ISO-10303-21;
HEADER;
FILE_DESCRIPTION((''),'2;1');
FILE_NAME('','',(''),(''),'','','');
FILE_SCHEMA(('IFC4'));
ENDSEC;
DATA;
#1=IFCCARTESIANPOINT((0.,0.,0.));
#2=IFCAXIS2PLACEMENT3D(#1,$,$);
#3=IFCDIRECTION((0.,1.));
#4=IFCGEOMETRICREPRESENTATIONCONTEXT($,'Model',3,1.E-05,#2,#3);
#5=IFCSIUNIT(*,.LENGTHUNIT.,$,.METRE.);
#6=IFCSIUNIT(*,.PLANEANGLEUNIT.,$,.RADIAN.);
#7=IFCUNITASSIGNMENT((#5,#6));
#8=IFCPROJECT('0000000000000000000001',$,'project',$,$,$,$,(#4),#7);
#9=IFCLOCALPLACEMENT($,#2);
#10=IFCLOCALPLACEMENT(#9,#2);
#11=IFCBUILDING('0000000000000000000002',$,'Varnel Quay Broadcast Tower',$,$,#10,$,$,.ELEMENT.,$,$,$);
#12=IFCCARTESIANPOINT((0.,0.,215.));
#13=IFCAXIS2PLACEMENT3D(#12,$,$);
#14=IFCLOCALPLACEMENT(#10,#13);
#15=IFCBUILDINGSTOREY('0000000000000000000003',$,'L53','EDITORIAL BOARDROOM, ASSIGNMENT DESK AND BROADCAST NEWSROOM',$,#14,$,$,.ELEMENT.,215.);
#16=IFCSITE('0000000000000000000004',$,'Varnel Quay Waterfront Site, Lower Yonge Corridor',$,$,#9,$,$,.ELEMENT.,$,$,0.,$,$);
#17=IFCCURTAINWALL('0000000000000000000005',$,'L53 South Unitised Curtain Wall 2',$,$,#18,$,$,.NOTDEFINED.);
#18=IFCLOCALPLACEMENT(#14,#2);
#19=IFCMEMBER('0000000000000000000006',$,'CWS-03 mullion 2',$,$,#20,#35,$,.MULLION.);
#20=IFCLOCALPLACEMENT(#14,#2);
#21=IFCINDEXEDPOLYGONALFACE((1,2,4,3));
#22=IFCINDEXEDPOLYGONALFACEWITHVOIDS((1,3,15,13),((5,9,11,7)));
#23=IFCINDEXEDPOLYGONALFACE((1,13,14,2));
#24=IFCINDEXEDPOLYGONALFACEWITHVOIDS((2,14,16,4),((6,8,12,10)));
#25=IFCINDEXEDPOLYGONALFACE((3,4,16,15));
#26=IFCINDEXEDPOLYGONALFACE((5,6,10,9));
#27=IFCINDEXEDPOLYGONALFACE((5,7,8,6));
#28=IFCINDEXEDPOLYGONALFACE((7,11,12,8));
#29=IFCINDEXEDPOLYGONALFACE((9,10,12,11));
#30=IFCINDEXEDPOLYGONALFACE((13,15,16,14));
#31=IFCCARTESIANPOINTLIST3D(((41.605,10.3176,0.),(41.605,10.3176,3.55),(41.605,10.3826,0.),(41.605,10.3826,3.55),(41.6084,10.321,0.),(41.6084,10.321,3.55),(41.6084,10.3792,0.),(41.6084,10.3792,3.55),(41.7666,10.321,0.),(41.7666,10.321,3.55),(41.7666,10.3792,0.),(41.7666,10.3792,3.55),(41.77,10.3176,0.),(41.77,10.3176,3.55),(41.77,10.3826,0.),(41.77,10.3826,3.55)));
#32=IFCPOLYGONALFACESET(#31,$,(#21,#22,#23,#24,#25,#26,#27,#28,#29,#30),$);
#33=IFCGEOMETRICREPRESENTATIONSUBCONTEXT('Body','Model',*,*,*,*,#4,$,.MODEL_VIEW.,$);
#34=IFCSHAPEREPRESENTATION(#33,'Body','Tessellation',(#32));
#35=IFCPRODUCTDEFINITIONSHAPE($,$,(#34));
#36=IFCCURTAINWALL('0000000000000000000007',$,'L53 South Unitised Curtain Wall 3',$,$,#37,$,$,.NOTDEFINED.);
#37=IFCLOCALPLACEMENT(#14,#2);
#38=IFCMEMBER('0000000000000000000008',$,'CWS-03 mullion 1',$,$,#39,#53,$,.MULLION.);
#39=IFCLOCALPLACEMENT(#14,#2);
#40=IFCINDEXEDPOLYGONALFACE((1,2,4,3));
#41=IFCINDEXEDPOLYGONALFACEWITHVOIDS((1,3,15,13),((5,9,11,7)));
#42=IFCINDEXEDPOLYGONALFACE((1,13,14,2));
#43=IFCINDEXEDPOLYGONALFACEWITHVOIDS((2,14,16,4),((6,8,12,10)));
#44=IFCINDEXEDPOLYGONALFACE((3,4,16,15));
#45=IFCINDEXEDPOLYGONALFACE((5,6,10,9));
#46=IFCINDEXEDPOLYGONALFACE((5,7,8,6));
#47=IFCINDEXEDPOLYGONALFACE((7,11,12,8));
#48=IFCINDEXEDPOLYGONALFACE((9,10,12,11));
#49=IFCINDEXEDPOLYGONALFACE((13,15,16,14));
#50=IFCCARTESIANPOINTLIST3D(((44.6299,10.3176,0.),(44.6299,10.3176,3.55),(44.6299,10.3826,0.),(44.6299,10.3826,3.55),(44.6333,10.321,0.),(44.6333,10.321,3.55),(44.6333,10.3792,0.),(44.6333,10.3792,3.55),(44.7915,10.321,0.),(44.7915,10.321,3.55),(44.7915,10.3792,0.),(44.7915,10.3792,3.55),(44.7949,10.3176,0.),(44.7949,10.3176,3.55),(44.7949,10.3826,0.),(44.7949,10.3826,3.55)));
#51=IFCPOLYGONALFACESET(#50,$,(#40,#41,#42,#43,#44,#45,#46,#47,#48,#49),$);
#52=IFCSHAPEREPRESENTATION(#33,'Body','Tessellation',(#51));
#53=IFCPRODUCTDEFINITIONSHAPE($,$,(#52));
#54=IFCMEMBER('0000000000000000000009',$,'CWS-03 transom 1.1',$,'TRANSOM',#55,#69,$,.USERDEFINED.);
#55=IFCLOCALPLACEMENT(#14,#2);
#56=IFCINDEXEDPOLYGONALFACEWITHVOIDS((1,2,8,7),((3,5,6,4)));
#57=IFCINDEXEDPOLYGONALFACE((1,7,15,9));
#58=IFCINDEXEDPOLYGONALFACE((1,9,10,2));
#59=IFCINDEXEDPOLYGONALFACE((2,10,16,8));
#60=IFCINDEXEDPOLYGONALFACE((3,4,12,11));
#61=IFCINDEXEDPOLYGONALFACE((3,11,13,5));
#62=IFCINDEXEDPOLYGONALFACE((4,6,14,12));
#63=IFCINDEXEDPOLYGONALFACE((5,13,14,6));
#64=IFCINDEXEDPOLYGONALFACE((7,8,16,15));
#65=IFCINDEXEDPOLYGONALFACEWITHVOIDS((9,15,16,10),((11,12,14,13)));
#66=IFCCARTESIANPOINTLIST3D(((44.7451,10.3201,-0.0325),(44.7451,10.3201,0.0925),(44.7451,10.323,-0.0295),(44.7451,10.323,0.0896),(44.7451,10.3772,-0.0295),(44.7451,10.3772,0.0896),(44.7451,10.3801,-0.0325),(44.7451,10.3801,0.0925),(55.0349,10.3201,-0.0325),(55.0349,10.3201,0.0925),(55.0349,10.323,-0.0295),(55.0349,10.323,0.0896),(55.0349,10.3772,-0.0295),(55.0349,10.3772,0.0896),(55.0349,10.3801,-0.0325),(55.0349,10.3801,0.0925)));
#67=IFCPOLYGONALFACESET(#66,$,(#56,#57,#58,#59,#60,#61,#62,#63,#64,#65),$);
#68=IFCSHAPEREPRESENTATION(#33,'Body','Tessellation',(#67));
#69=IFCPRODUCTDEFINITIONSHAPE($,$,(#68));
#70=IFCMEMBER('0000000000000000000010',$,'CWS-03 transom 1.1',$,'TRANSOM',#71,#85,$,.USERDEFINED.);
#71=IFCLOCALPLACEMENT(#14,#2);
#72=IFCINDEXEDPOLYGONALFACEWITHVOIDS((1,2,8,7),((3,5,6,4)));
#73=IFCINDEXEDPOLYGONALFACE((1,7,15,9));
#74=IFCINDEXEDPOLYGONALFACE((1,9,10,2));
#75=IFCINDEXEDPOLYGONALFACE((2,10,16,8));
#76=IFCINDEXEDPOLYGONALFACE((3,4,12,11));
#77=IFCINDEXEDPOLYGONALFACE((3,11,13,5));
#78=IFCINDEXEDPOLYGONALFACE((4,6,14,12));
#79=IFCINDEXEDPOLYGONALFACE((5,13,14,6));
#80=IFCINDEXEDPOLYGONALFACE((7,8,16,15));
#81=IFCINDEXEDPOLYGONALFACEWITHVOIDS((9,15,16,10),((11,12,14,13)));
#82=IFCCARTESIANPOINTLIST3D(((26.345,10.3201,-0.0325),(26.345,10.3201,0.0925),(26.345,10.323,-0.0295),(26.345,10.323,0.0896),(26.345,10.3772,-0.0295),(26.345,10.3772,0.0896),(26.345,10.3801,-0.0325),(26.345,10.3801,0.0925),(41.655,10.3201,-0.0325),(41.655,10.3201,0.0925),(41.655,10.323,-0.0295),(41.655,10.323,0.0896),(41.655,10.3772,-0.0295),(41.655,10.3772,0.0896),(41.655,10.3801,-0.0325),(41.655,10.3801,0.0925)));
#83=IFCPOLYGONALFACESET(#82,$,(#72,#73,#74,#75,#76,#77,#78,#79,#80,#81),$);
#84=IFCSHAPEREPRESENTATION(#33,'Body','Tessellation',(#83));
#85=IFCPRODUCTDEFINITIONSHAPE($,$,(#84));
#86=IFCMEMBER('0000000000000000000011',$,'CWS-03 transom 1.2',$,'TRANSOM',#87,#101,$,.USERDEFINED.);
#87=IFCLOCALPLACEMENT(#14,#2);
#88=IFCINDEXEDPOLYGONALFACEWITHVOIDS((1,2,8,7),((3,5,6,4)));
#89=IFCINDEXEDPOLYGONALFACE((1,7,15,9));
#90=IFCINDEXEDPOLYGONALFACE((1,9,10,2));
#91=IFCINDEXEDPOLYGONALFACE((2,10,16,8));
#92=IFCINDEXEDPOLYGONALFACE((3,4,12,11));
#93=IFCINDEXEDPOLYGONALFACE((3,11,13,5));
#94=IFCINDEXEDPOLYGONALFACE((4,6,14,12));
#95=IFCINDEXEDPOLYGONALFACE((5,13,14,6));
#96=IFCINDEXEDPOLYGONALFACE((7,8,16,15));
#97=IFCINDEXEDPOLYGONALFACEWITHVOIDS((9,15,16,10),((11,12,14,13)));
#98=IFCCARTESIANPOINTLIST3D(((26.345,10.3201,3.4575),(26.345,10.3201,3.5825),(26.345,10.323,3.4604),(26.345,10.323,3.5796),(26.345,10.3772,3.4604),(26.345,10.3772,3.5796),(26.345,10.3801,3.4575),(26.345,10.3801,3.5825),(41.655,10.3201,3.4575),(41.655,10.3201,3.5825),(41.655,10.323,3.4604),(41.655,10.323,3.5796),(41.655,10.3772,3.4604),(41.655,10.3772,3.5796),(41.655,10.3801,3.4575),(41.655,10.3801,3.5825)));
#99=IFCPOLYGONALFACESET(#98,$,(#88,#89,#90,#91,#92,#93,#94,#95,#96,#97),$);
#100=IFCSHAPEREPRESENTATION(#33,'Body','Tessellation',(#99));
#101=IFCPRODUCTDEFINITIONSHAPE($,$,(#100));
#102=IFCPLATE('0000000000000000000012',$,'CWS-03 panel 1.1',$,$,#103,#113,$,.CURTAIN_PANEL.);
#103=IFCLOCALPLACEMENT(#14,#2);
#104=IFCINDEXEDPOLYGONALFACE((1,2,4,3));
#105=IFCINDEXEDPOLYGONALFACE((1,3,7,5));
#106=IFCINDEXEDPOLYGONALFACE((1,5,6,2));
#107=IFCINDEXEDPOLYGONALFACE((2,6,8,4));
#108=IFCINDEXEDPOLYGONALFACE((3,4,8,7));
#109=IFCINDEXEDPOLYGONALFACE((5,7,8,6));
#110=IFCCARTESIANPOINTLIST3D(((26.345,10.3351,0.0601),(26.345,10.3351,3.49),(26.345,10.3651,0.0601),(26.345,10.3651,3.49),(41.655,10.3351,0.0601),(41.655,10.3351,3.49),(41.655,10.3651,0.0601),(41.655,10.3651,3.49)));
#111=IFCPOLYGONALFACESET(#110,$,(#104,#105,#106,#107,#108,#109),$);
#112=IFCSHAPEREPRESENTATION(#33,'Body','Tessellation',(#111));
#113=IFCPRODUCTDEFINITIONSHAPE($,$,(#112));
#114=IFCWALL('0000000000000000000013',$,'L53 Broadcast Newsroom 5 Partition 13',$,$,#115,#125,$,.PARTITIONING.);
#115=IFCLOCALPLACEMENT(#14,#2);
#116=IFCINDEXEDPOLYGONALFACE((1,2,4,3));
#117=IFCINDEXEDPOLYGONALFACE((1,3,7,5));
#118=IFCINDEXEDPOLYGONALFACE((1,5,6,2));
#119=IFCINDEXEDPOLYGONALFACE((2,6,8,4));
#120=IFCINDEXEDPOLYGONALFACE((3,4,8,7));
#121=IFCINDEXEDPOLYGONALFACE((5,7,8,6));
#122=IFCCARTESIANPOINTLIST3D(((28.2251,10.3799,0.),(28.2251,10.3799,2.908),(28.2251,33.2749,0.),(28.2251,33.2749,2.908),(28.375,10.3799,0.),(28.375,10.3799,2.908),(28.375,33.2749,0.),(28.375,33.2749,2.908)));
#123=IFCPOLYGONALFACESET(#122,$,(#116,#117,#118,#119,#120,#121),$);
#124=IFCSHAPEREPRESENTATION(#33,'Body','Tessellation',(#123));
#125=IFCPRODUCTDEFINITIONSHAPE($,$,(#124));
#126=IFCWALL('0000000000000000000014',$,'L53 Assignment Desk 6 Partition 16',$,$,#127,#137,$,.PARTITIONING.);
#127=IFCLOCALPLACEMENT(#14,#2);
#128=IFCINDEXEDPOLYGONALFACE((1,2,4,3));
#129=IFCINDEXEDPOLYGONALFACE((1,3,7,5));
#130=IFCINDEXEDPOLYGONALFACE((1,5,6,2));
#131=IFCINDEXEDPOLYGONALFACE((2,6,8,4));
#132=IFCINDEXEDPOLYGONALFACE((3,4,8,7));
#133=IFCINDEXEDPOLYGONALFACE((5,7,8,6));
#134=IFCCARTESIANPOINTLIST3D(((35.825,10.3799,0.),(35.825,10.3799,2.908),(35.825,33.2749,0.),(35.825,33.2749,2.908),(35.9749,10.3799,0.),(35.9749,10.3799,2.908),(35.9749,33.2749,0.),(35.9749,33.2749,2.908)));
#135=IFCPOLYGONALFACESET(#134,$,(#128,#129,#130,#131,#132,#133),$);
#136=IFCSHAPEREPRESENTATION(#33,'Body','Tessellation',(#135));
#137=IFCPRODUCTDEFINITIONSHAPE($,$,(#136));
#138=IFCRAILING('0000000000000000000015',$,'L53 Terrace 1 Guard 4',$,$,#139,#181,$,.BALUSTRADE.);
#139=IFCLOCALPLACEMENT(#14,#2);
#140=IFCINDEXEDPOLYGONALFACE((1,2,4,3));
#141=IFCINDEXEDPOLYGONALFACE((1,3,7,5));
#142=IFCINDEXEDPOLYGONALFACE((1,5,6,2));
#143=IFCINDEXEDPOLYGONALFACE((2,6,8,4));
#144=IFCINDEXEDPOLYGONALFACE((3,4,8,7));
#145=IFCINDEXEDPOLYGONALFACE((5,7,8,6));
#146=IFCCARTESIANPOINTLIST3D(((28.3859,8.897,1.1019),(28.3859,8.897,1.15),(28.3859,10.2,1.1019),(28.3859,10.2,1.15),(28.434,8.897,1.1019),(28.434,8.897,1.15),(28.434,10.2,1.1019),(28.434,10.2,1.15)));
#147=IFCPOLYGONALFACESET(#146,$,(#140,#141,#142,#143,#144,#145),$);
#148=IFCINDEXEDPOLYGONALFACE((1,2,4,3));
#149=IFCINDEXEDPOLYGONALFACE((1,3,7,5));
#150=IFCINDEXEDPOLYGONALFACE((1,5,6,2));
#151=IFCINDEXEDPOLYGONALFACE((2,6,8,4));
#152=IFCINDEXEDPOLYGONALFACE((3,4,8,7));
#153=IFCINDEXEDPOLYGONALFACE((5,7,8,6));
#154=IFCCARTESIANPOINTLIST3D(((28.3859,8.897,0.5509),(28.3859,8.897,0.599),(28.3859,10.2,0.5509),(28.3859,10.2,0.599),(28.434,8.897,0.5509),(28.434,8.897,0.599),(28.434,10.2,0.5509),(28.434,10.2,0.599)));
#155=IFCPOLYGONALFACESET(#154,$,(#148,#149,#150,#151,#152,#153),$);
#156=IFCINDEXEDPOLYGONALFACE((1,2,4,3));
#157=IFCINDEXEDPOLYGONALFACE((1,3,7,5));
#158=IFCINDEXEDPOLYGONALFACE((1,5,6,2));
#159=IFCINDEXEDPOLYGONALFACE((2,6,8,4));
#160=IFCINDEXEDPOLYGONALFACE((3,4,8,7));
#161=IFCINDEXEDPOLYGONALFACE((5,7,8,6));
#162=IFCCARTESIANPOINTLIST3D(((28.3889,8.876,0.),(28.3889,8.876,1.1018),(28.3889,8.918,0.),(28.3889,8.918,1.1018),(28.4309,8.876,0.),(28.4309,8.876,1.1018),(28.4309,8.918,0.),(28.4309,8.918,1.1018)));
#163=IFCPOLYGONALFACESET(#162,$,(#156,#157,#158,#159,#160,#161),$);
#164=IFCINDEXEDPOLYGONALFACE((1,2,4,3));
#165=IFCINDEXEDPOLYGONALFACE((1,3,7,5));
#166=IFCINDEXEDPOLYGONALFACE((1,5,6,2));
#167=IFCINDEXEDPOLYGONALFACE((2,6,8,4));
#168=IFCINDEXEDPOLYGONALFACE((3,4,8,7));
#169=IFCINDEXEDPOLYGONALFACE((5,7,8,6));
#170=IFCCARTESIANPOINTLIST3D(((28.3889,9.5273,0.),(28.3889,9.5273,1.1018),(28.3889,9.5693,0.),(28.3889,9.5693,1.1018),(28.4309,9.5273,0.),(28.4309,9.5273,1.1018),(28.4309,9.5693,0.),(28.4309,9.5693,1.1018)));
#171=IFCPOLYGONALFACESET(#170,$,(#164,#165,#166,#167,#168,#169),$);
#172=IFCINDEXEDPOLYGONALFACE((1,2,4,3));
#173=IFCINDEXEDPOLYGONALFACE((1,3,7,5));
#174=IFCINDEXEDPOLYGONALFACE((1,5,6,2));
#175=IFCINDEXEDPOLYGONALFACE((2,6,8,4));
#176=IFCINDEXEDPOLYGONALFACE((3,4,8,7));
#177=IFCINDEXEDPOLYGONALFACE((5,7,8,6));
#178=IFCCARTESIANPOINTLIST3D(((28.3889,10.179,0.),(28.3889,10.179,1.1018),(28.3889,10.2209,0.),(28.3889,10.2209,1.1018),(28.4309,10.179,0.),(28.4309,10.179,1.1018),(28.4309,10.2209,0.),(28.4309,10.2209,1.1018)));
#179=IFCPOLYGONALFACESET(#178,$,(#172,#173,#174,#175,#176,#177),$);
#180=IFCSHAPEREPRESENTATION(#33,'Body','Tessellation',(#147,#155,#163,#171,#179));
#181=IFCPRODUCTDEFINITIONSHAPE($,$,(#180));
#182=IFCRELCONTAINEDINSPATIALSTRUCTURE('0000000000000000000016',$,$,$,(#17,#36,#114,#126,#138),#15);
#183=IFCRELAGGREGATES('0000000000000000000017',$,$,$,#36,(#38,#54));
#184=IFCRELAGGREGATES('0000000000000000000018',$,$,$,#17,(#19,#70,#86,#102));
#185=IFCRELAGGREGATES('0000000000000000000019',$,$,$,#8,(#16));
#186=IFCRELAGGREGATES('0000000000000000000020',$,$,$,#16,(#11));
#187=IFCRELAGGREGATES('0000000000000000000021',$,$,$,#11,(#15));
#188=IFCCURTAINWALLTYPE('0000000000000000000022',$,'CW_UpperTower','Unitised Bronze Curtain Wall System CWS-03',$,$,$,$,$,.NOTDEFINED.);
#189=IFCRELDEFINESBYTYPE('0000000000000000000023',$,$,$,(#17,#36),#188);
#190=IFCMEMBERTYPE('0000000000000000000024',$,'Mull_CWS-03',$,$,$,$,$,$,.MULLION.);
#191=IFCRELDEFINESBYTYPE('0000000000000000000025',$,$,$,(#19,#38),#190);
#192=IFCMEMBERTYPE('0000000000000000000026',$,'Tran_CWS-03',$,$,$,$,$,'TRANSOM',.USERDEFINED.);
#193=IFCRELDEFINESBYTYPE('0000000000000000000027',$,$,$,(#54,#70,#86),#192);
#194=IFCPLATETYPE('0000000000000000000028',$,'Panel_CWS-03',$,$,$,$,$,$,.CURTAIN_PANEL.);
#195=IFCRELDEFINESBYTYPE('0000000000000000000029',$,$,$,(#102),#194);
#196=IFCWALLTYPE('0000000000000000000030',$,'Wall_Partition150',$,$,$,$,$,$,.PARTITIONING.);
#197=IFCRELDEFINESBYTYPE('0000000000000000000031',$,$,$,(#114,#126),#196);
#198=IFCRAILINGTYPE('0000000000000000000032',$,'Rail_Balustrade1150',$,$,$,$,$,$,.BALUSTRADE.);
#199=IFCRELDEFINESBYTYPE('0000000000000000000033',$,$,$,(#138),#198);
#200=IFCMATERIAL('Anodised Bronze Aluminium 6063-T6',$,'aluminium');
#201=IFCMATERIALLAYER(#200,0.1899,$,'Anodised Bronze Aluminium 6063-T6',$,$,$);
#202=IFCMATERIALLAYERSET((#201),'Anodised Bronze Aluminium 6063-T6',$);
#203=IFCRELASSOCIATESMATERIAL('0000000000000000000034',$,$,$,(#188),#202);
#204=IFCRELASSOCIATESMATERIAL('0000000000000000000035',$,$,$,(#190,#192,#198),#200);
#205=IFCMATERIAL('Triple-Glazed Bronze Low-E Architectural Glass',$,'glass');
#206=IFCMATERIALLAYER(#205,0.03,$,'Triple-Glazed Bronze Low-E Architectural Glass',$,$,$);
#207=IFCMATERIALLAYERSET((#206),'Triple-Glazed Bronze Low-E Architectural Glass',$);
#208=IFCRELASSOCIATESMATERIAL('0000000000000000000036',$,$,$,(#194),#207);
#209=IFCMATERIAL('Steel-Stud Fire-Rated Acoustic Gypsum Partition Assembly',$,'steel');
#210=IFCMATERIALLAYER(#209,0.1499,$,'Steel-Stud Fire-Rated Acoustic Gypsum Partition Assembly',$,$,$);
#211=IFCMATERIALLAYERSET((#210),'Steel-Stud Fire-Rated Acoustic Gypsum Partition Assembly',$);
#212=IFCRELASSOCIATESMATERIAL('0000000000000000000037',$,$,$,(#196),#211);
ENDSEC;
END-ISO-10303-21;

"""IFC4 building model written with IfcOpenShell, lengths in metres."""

from ifc_helpers import new_model, si_unit, direction, frame, frame_2d, origin, origin_2d, place, context, subcontext, project, spatial, rectangle, hollow_rectangle, extrude, source, transform, mapped, material, layer, layer_set, material_profile, profile_set, type_object, type_shapes, element, aggregate, save


model = new_model("IFC4")

# Units and contexts
model_context = context("Model", 3, precision=1e-05, world=origin(), true_north=direction((0.0, 1.0)))
body_context = subcontext(model_context, "Body", "Model", "MODEL_VIEW")
ifc_project = project(units=[si_unit("LENGTHUNIT", "METRE"), si_unit("PLANEANGLEUNIT", "RADIAN")], contexts=[model_context])

# Site, building, storey
site_placement = place(None, origin())
site = spatial("IfcSite", under=ifc_project, at=site_placement, Name="Varnel Quay Waterfront Site, Lower Yonge Corridor", CompositionType="ELEMENT", RefElevation=0.0)
building_placement = place(site_placement, origin())
building = spatial("IfcBuilding", under=site, at=building_placement, Name="Varnel Quay Broadcast Tower", CompositionType="ELEMENT")
storey_placement = place(building_placement, frame((0.0, 0.0, 215.0)))
storey = spatial("IfcBuildingStorey", under=building, at=storey_placement, Name="L53", Description="EDITORIAL BOARDROOM, ASSIGNMENT DESK AND BROADCAST NEWSROOM", CompositionType="ELEMENT", Elevation=215.0)

# Curtain wall, member
ifc_material_1 = material(Name="Anodised Bronze Aluminium 6063-T6", Category="aluminium")
ifc_layer_1 = layer(ifc_material_1, 0.1899, Name="Anodised Bronze Aluminium 6063-T6")
ifc_layer_set_1 = layer_set([ifc_layer_1], Name="Anodised Bronze Aluminium 6063-T6")
curtain_wall_type = type_object("IfcCurtainWallType", Name="CW_UpperTower", Description="Unitised Bronze Curtain Wall System CWS-03", PredefinedType="NOTDEFINED", material=ifc_layer_set_1)
curtain_wall_1_placement = place(storey_placement, origin())
curtain_wall_1 = element("IfcCurtainWall", 1, at=curtain_wall_1_placement, inside=storey, type_object=curtain_wall_type, Name="L53 South Unitised Curtain Wall 2", PredefinedType="NOTDEFINED")
ifc_material_profile_1 = material_profile(ifc_material_1, hollow_rectangle(XDim=0.0649, YDim=0.165, WallThickness=0.0034, at=origin_2d()), Name="ALU65X165X3.5")
ifc_profile_set_1 = profile_set([ifc_material_profile_1], Name="Anodised Bronze Aluminium 6063-T6")
member_type_1 = type_object("IfcMemberType", Name="Mull_CWS-03", PredefinedType="MULLION", material=ifc_profile_set_1)
shared_shape_1 = source(origin(), body_context, "Body", "SweptSolid", [
    extrude(hollow_rectangle(XDim=0.0649, YDim=0.165, WallThickness=0.0034, at=origin_2d()), origin(), (0.0, 0.0, 1.0), 3.55),
])
type_shapes(member_type_1, [shared_shape_1])
member_1_placement = place(storey_placement, frame((41.6875, 10.3501, 0.0), z_axis=(0.0, 0.0, 1.0), x_axis=(0.0, 1.0, 0.0)))
member_1 = element("IfcMember", 2, at=member_1_placement, type_object=member_type_1, Name="CWS-03 mullion 2", PredefinedType="MULLION", context=body_context, shape_type="MappedRepresentation", body=[
    mapped(shared_shape_1, transform((0.0, 0.0, 0.0), x_axis=(1.0, 0.0, 0.0), y_axis=(0.0, 1.0, 0.0), z_axis=(0.0, 0.0, 1.0), scale=1.0)),
])

# Curtain wall, members
curtain_wall_2_placement = place(storey_placement, origin())
curtain_wall_2 = element("IfcCurtainWall", 3, at=curtain_wall_2_placement, inside=storey, type_object=curtain_wall_type, Name="L53 South Unitised Curtain Wall 3", PredefinedType="NOTDEFINED")
member_2_placement = place(storey_placement, frame((44.7124, 10.3501, 0.0), z_axis=(0.0, 0.0, 1.0), x_axis=(0.0, 1.0, 0.0)))
member_2 = element("IfcMember", 4, at=member_2_placement, type_object=member_type_1, Name="CWS-03 mullion 1", PredefinedType="MULLION", context=body_context, shape_type="MappedRepresentation", body=[
    mapped(shared_shape_1, transform((0.0, 0.0, 0.0), x_axis=(1.0, 0.0, 0.0), y_axis=(0.0, 1.0, 0.0), z_axis=(0.0, 0.0, 1.0), scale=1.0)),
])
ifc_material_profile_2 = material_profile(ifc_material_1, hollow_rectangle(XDim=0.0601, YDim=0.125, WallThickness=0.0029, at=origin_2d()), Name="ALU60X125X3")
ifc_profile_set_2 = profile_set([ifc_material_profile_2], Name="Anodised Bronze Aluminium 6063-T6")
member_type_2 = type_object("IfcMemberType", Name="Tran_CWS-03", ElementType="TRANSOM", PredefinedType="USERDEFINED", material=ifc_profile_set_2)
shared_shape_2 = source(origin(), body_context, "Body", "SweptSolid", [
    extrude(hollow_rectangle(XDim=0.0601, YDim=0.125, WallThickness=0.0029, at=origin_2d()), origin(), (0.0, 0.0, 1.0), 10.2898),
])
member_3_placement = place(storey_placement, frame((44.7451, 10.3501, 0.03), z_axis=(1.0, 0.0, 0.0), x_axis=(0.0, 1.0, 0.0)))
member_3 = element("IfcMember", 5, at=member_3_placement, type_object=member_type_2, Name="CWS-03 transom 1.1", ObjectType="TRANSOM", PredefinedType="USERDEFINED", context=body_context, shape_type="MappedRepresentation", body=[
    mapped(shared_shape_2, transform((0.0, 0.0, 0.0), x_axis=(1.0, 0.0, 0.0), y_axis=(0.0, 1.0, 0.0), z_axis=(0.0, 0.0, 1.0), scale=1.0)),
])
aggregate(curtain_wall_2, [member_2, member_3])

# Members
shared_shape_3 = source(origin(), body_context, "Body", "SweptSolid", [
    extrude(hollow_rectangle(XDim=0.0601, YDim=0.125, WallThickness=0.0029, at=origin_2d()), origin(), (0.0, 0.0, 1.0), 15.3101),
])
type_shapes(member_type_2, [shared_shape_2, shared_shape_3])
member_4_placement = place(storey_placement, frame((26.345, 10.3501, 0.03), z_axis=(1.0, 0.0, 0.0), x_axis=(0.0, 1.0, 0.0)))
member_4 = element("IfcMember", 6, at=member_4_placement, type_object=member_type_2, Name="CWS-03 transom 1.1", ObjectType="TRANSOM", PredefinedType="USERDEFINED", context=body_context, shape_type="MappedRepresentation", body=[
    mapped(shared_shape_3, transform((0.0, 0.0, 0.0), x_axis=(1.0, 0.0, 0.0), y_axis=(0.0, 1.0, 0.0), z_axis=(0.0, 0.0, 1.0), scale=1.0)),
])
member_5_placement = place(storey_placement, frame((26.345, 10.3501, 3.52), z_axis=(1.0, 0.0, 0.0), x_axis=(0.0, 1.0, 0.0)))
member_5 = element("IfcMember", 7, at=member_5_placement, type_object=member_type_2, Name="CWS-03 transom 1.2", ObjectType="TRANSOM", PredefinedType="USERDEFINED", context=body_context, shape_type="MappedRepresentation", body=[
    mapped(shared_shape_3, transform((0.0, 0.0, 0.0), x_axis=(1.0, 0.0, 0.0), y_axis=(0.0, 1.0, 0.0), z_axis=(0.0, 0.0, 1.0), scale=1.0)),
])

# Plate
ifc_material_2 = material(Name="Triple-Glazed Bronze Low-E Architectural Glass", Category="glass")
ifc_layer_2 = layer(ifc_material_2, 0.03, Name="Triple-Glazed Bronze Low-E Architectural Glass")
ifc_layer_set_2 = layer_set([ifc_layer_2], Name="Triple-Glazed Bronze Low-E Architectural Glass")
plate_type = type_object("IfcPlateType", Name="Panel_CWS-03", PredefinedType="CURTAIN_PANEL", material=ifc_layer_set_2)
shared_shape_4 = source(origin(), body_context, "Body", "SweptSolid", [
    extrude(rectangle(XDim=15.3101, YDim=0.03, at=origin_2d()), origin(), (0.0, 0.0, 1.0), 3.4299),
])
type_shapes(plate_type, [shared_shape_4])
plate_placement = place(storey_placement, frame((34.0, 10.3501, 0.0601), z_axis=(0.0, 0.0, 1.0), x_axis=(1.0, 0.0, 0.0)))
plate = element("IfcPlate", 8, at=plate_placement, type_object=plate_type, Name="CWS-03 panel 1.1", PredefinedType="CURTAIN_PANEL", context=body_context, shape_type="MappedRepresentation", body=[
    mapped(shared_shape_4, transform((0.0, 0.0, 0.0), x_axis=(1.0, 0.0, 0.0), y_axis=(0.0, 1.0, 0.0), z_axis=(0.0, 0.0, 1.0), scale=1.0)),
])
aggregate(curtain_wall_1, [member_1, member_4, member_5, plate])

# Walls
ifc_material_3 = material(Name="Steel-Stud Fire-Rated Acoustic Gypsum Partition Assembly", Category="steel")
ifc_layer_3 = layer(ifc_material_3, 0.1499, Name="Steel-Stud Fire-Rated Acoustic Gypsum Partition Assembly")
ifc_layer_set_3 = layer_set([ifc_layer_3], Name="Steel-Stud Fire-Rated Acoustic Gypsum Partition Assembly")
wall_type_1 = type_object("IfcWallType", Name="Wall_Partition150", PredefinedType="PARTITIONING", material=ifc_layer_set_3)
for number, where, z_axis, x_axis, name in (
    (9, (28.3, 10.3799, 0.0), (0.0, 0.0, 1.0), (0.0, 1.0, 0.0), "L53 Broadcast Newsroom 5 Partition 13"),
    (10, (35.8999, 10.3799, 0.0), (0.0, 0.0, 1.0), (0.0, 1.0, 0.0), "L53 Assignment Desk 6 Partition 16"),
):
    element("IfcWall", number, at=place(storey_placement, frame(where, z_axis=z_axis, x_axis=x_axis)), inside=storey, type_object=wall_type_1, Name=name, PredefinedType="PARTITIONING", context=body_context, shape_type="SweptSolid", body=[
        extrude(rectangle(XDim=22.895, YDim=0.1499, at=frame_2d((11.4475, 0.0))), origin(), (0.0, 0.0, 1.0), 2.908),
    ])

# Railing
railing_type = type_object("IfcRailingType", Name="Rail_Balustrade1150", PredefinedType="BALUSTRADE", material=ifc_material_1)
railing_1_placement = place(storey_placement, frame((28.4099, 8.897, 0.0)))
element("IfcRailing", 11, at=railing_1_placement, inside=storey, type_object=railing_type, Name="L53 Terrace 1 Guard 4", PredefinedType="BALUSTRADE", context=body_context, shape_type="SweptSolid", body=[
    extrude(rectangle(XDim=0.0481, YDim=0.0481, at=origin_2d()), frame((0.0, 0.0, 1.126), z_axis=(0.0, 1.0, 0.0), x_axis=(-1.0, 0.0, 0.0)), (0.0, 0.0, 1.0), 1.303),
    extrude(rectangle(XDim=0.0481, YDim=0.0481, at=origin_2d()), frame((0.0, 0.0, 0.575), z_axis=(0.0, 1.0, 0.0), x_axis=(-1.0, 0.0, 0.0)), (0.0, 0.0, 1.0), 1.303),
    extrude(rectangle(XDim=0.042, YDim=0.042, at=origin_2d()), origin(), (0.0, 0.0, 1.0), 1.1018),
    extrude(rectangle(XDim=0.042, YDim=0.042, at=origin_2d()), frame((0.0, 0.6514, 0.0)), (0.0, 0.0, 1.0), 1.1018),
    extrude(rectangle(XDim=0.042, YDim=0.042, at=origin_2d()), frame((0.0, 1.303, 0.0)), (0.0, 0.0, 1.0), 1.1018),
])

save(model, "model.ifc")
